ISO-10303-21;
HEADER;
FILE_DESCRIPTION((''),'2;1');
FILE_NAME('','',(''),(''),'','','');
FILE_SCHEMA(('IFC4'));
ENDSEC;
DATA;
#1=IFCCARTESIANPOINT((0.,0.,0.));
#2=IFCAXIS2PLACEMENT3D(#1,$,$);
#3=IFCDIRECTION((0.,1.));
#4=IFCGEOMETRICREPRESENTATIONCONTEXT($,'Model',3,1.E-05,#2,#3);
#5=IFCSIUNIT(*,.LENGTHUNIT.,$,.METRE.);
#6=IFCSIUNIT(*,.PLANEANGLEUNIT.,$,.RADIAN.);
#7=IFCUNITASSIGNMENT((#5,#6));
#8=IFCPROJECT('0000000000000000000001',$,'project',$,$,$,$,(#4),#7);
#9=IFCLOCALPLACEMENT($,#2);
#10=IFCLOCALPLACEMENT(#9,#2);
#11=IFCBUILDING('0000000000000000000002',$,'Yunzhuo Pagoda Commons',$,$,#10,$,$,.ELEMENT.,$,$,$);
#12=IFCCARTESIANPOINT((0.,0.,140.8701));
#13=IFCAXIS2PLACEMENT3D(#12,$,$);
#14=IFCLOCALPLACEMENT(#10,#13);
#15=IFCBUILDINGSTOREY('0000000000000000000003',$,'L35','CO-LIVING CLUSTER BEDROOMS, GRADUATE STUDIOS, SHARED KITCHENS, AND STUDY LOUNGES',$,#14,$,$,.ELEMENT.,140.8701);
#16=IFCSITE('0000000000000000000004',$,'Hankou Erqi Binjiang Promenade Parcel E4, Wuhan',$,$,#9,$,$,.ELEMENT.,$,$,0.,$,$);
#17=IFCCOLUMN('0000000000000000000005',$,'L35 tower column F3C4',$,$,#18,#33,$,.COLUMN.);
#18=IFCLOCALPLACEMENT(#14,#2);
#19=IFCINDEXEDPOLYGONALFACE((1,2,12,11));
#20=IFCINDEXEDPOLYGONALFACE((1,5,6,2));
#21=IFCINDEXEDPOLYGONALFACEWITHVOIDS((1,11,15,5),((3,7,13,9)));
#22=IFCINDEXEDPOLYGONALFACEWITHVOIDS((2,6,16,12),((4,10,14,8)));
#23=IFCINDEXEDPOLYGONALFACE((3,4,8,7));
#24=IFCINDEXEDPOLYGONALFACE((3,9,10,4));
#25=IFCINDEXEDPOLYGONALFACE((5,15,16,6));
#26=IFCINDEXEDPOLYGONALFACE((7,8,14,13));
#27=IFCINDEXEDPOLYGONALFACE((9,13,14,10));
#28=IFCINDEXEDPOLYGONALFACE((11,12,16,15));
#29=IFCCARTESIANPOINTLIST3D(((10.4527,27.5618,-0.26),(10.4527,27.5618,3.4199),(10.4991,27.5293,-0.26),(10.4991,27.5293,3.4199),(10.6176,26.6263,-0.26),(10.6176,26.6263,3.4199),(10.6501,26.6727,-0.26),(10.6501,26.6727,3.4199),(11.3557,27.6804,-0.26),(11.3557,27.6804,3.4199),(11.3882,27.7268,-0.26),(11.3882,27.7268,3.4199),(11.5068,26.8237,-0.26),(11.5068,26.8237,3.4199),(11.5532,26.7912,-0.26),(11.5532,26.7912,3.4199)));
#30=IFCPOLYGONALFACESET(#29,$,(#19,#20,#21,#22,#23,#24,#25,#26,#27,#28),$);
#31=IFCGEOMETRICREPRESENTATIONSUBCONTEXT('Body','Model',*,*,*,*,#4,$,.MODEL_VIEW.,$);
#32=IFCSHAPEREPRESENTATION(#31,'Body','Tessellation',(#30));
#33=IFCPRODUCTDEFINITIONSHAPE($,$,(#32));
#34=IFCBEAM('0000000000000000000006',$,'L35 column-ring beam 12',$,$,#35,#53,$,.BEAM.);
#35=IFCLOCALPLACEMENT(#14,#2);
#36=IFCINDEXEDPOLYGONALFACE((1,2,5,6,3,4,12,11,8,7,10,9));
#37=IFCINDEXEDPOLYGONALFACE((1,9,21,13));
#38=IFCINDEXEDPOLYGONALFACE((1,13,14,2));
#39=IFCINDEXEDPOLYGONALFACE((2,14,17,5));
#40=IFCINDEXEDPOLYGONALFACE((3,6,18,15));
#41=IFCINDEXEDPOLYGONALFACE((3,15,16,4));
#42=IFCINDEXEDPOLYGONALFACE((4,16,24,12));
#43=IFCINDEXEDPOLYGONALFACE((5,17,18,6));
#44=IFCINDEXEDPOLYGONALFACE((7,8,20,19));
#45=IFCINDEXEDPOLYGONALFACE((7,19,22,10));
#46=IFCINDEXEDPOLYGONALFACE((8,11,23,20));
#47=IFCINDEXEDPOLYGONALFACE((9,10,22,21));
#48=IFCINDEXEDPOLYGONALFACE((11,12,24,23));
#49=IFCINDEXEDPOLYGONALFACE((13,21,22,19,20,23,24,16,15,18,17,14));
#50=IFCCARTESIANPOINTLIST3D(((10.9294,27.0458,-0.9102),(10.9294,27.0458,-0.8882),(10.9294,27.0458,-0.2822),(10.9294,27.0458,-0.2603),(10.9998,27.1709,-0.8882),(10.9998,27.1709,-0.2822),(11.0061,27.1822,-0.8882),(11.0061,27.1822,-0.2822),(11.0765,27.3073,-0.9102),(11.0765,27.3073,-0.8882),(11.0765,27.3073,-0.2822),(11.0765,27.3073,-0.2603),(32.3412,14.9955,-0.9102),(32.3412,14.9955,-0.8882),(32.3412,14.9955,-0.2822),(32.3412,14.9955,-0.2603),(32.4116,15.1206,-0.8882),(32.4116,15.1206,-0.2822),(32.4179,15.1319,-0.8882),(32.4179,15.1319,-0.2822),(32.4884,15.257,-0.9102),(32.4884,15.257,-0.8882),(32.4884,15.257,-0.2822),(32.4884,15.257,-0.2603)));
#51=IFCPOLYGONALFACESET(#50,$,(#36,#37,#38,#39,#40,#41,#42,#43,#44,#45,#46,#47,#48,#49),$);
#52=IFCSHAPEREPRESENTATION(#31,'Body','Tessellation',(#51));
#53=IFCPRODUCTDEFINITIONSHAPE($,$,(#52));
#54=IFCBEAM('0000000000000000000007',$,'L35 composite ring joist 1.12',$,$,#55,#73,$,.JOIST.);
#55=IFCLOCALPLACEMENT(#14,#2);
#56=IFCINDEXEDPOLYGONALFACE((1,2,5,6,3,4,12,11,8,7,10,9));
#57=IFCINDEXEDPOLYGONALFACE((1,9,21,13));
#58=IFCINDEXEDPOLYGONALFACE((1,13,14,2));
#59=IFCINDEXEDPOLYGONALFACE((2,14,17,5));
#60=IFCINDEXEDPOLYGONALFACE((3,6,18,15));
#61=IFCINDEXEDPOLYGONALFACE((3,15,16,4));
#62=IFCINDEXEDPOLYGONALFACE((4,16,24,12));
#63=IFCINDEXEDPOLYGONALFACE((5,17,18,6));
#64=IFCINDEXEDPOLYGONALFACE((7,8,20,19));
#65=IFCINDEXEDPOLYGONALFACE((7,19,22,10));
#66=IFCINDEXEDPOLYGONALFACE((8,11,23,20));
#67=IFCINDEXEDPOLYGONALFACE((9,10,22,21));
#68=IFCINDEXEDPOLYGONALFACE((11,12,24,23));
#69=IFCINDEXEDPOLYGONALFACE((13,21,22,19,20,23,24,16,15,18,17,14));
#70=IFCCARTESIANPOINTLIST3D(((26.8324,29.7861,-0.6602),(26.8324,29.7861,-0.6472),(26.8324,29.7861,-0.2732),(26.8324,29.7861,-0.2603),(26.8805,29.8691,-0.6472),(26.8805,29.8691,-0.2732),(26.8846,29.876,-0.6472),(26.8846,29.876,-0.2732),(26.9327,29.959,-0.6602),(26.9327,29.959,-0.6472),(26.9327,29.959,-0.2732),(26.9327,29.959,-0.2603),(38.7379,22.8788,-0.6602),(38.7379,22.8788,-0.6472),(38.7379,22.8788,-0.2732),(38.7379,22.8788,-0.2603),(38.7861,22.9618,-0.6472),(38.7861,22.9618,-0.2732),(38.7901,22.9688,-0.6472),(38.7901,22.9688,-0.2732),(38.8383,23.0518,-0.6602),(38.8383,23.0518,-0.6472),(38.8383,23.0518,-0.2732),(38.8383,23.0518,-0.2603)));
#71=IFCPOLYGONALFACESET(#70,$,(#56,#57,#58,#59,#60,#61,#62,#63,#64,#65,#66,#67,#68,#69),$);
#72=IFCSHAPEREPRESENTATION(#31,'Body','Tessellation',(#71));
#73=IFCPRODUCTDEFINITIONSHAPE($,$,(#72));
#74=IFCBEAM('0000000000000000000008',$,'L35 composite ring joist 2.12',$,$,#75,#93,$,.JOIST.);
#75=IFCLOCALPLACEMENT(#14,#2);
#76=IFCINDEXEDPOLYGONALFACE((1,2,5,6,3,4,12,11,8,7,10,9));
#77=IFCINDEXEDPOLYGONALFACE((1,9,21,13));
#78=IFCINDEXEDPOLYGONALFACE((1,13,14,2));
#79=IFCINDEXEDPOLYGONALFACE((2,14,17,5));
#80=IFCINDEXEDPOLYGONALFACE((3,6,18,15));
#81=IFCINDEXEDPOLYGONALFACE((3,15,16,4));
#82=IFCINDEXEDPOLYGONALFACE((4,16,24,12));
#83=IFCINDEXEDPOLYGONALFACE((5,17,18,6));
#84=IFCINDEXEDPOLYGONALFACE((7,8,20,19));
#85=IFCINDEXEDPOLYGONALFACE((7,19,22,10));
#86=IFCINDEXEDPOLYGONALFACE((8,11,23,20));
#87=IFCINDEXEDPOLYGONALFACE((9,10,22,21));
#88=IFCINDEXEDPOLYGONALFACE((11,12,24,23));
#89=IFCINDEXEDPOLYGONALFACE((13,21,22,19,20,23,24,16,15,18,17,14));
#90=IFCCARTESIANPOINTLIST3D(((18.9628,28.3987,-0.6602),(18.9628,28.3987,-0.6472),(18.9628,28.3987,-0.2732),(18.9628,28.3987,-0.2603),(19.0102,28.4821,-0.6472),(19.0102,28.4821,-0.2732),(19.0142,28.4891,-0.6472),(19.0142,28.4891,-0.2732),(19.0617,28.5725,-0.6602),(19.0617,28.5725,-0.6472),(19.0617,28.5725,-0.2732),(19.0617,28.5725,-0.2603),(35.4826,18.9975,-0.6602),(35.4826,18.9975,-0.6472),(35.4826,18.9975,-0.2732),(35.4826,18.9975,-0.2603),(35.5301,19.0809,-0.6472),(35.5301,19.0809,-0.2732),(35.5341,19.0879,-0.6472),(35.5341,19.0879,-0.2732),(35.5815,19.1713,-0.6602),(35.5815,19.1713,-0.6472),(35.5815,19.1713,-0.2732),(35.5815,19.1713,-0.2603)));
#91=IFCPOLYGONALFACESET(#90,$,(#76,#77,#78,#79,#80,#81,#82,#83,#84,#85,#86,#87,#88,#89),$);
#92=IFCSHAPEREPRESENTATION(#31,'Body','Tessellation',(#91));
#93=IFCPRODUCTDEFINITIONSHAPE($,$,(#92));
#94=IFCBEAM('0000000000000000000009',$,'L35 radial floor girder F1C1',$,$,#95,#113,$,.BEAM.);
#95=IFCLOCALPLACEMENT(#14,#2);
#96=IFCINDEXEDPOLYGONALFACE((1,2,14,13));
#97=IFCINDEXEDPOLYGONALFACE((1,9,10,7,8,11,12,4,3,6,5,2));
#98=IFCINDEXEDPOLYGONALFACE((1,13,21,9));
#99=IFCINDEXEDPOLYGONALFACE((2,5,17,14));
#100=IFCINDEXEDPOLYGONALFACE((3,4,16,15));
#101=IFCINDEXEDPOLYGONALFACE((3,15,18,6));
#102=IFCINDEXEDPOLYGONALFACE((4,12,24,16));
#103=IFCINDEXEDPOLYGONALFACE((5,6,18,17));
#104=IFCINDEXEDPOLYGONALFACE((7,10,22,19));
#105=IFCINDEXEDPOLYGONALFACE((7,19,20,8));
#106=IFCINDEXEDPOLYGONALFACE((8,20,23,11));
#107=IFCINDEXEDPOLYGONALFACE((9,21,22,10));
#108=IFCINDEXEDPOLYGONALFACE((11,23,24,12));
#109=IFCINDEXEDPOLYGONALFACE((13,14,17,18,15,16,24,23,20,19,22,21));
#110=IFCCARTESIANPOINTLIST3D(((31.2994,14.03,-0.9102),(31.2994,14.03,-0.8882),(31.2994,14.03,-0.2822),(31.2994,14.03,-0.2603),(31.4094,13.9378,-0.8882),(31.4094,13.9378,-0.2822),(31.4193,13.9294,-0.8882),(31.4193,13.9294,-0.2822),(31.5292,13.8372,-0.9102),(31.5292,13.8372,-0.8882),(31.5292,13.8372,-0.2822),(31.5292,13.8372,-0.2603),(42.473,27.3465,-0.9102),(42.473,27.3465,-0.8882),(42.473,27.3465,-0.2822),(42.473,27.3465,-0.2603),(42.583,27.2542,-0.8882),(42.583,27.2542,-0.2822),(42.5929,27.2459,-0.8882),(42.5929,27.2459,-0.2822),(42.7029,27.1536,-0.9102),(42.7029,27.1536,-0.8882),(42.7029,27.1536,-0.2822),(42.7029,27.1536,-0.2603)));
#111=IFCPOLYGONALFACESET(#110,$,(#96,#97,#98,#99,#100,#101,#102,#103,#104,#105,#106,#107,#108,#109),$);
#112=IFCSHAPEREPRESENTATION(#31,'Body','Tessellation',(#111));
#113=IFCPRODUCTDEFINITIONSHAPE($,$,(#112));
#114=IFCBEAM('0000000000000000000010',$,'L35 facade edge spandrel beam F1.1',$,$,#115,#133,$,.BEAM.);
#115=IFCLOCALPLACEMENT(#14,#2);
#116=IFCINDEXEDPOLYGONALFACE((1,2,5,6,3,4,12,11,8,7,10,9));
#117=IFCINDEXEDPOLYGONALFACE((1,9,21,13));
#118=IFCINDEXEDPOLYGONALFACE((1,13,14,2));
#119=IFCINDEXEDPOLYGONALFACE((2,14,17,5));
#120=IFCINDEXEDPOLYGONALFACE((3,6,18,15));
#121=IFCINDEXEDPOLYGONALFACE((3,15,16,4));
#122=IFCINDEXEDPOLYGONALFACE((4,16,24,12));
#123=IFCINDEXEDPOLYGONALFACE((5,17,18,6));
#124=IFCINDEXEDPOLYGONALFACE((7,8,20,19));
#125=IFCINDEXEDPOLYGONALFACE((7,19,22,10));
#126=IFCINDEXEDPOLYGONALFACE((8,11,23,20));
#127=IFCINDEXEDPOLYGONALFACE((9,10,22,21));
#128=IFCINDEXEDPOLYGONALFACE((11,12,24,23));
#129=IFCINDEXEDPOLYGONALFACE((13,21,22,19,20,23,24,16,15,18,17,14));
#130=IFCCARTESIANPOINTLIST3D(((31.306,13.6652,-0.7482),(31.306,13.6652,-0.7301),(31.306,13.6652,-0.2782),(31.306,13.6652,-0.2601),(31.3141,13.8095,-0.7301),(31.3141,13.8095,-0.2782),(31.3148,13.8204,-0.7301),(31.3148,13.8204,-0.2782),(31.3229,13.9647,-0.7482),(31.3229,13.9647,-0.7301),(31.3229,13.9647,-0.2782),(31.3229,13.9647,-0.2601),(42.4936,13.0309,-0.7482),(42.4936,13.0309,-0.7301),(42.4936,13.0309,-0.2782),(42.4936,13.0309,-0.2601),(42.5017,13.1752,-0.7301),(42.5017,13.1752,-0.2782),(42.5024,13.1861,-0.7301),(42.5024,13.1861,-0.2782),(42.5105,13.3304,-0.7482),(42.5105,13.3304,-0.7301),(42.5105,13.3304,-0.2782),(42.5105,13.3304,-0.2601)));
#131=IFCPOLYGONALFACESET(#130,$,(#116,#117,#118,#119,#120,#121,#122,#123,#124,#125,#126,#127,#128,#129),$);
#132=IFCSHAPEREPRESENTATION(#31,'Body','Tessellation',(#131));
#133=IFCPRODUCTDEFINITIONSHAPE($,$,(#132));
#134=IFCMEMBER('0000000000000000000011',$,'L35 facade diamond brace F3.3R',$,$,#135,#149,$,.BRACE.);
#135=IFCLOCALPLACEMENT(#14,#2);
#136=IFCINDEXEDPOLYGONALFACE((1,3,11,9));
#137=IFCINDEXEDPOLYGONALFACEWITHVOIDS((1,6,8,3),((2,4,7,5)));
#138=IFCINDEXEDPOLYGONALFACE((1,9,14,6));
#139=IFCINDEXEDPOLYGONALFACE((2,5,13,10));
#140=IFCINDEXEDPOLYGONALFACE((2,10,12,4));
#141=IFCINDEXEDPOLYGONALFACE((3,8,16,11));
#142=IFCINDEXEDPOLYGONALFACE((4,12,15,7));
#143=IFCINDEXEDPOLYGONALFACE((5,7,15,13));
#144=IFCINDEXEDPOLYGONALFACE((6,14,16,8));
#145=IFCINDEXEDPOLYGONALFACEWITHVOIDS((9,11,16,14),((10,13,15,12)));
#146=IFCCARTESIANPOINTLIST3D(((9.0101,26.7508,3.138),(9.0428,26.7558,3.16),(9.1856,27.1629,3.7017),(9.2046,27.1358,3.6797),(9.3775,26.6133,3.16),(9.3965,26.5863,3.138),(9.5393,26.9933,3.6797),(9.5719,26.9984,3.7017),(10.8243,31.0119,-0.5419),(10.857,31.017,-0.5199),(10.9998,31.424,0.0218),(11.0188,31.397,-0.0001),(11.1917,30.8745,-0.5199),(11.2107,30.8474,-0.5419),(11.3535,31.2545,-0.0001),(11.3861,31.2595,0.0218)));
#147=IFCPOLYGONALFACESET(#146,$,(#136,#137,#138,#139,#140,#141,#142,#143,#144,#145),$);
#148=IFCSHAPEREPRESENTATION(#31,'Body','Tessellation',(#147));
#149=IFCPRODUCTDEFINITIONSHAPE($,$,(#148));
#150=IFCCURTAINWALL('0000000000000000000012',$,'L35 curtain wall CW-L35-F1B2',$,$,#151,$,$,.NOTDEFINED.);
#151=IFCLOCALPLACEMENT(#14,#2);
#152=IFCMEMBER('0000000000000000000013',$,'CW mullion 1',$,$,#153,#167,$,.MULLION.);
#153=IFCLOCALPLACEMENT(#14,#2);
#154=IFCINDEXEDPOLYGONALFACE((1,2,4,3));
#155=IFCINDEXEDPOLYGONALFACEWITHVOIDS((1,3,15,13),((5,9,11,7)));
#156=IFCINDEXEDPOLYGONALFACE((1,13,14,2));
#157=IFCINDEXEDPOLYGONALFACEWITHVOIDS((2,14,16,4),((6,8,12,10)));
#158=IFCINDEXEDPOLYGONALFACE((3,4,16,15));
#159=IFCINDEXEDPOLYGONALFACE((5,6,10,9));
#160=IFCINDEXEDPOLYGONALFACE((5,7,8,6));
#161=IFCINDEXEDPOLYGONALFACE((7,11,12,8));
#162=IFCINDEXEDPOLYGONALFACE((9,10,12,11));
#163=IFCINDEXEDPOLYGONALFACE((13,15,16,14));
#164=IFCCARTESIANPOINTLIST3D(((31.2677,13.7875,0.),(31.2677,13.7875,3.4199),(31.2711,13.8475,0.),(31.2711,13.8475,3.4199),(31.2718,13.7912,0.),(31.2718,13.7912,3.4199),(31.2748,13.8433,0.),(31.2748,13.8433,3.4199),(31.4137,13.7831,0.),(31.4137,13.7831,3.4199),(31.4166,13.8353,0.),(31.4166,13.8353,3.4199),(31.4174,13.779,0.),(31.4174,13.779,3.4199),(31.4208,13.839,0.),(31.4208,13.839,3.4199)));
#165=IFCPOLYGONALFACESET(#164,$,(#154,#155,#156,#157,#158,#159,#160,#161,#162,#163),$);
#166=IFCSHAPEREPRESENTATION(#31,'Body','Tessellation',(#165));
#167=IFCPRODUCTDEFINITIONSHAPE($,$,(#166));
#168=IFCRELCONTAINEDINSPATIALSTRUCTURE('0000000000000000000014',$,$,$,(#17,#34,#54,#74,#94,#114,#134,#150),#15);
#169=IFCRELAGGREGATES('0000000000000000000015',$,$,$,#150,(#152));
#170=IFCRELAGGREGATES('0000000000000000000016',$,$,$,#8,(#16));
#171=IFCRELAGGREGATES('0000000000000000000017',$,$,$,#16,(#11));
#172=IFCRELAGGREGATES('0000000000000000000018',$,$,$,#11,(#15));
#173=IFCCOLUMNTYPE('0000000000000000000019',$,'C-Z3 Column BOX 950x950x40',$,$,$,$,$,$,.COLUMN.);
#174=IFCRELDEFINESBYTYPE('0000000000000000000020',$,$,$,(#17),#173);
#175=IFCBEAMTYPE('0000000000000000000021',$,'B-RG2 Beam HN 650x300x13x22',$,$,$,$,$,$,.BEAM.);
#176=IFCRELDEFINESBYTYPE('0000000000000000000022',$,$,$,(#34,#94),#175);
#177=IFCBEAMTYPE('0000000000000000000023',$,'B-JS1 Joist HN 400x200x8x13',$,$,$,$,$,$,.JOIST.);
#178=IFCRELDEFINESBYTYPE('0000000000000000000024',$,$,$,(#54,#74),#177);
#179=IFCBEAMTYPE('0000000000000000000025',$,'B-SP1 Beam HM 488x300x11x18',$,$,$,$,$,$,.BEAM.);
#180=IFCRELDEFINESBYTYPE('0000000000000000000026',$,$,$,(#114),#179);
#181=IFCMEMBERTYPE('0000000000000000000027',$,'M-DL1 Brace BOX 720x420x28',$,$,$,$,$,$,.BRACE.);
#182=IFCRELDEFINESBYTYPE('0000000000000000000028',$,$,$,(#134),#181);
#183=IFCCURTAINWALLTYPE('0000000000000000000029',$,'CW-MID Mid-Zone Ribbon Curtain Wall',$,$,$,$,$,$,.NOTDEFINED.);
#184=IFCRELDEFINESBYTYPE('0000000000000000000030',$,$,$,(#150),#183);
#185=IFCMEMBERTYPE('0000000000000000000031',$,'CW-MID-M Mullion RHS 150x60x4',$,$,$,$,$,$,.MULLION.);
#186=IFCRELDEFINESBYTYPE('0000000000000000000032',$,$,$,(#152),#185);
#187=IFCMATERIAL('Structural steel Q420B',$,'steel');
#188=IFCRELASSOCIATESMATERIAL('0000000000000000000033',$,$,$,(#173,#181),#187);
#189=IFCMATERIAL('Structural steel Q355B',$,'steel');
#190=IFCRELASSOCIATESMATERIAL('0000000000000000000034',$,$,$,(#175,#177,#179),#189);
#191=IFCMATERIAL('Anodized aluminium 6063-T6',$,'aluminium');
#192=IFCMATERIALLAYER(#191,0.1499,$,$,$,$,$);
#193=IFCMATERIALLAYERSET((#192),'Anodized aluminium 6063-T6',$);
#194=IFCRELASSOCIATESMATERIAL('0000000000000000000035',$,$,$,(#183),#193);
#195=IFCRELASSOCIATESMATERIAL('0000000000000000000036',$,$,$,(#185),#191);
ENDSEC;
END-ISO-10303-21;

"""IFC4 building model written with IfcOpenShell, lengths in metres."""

from ifc_helpers import new_model, si_unit, direction, frame, origin, origin_2d, place, context, subcontext, project, spatial, hollow_rectangle, i_section, extrude, source, transform, mapped, material, layer, layer_set, material_profile, profile_set, type_object, element, aggregate, save


model = new_model("IFC4")

# Units and contexts
model_context = context("Model", 3, precision=1e-05, world=origin(), true_north=direction((0.0, 1.0)))
body_context = subcontext(model_context, "Body", "Model", "MODEL_VIEW")
ifc_project = project(units=[si_unit("LENGTHUNIT", "METRE"), si_unit("PLANEANGLEUNIT", "RADIAN")], contexts=[model_context])

# Site, building, storey
site_placement = place(None, origin())
site = spatial("IfcSite", under=ifc_project, at=site_placement, Name="Hankou Erqi Binjiang Promenade Parcel E4, Wuhan", CompositionType="ELEMENT", RefElevation=0.0)
building_placement = place(site_placement, origin())
building = spatial("IfcBuilding", under=site, at=building_placement, Name="Yunzhuo Pagoda Commons", CompositionType="ELEMENT")
storey_placement = place(building_placement, frame((0.0, 0.0, 140.8701)))
storey = spatial("IfcBuildingStorey", under=building, at=storey_placement, Name="L35", Description="CO-LIVING CLUSTER BEDROOMS, GRADUATE STUDIOS, SHARED KITCHENS, AND STUDY LOUNGES", CompositionType="ELEMENT", Elevation=140.8701)

# Column
ifc_material_1 = material(Name="Structural steel Q420B", Category="steel")
ifc_material_profile_1 = material_profile(ifc_material_1, hollow_rectangle(XDim=0.95, YDim=0.95, WallThickness=0.04, at=origin_2d()), Name="Structural steel Q420B")
ifc_profile_set_1 = profile_set([ifc_material_profile_1], Name="Structural steel Q420B")
column_type = type_object("IfcColumnType", Name="C-Z3 Column BOX 950x950x40", PredefinedType="COLUMN", material=ifc_profile_set_1)
shared_shape_1 = source(origin(), body_context, "Body", "SweptSolid", [
    extrude(hollow_rectangle(XDim=0.95, YDim=0.95, WallThickness=0.04, at=origin_2d()), origin(), (0.0, 0.0, 1.0), 3.6799),
])
column_placement = place(storey_placement, frame((11.0029, 27.1765, -0.26), z_axis=(0.0, 0.0, 1.0), x_axis=(0.173648, -0.984808, 0.0)))
element("IfcColumn", 1, at=column_placement, inside=storey, type_object=column_type, Name="L35 tower column F3C4", PredefinedType="COLUMN", context=body_context, shape_type="MappedRepresentation", body=[
    mapped(shared_shape_1, transform((0.0, 0.0, 0.0), scale=1.0)),
])

# Beams
ifc_material_2 = material(Name="Structural steel Q355B", Category="steel")
ifc_material_profile_2 = material_profile(ifc_material_2, i_section(OverallWidth=0.3, OverallDepth=0.6499, WebThickness=0.0129, FlangeThickness=0.022, at=origin_2d()), Name="Structural steel Q355B")
ifc_profile_set_2 = profile_set([ifc_material_profile_2], Name="Structural steel Q355B")
beam_type_1 = type_object("IfcBeamType", Name="B-RG2 Beam HN 650x300x13x22", PredefinedType="BEAM", material=ifc_profile_set_2)
shared_shape_2 = source(origin(), body_context, "Body", "SweptSolid", [
    extrude(i_section(OverallWidth=0.3, OverallDepth=0.6499, WebThickness=0.0129, FlangeThickness=0.022, at=origin_2d()), origin(), (0.0, 0.0, 1.0), 24.5698),
])
beam_1_placement = place(storey_placement, frame((11.0029, 27.1765, -0.5852), z_axis=(0.871469, -0.49045, 0.0), x_axis=(0.49045, 0.871469, 0.0)))
element("IfcBeam", 2, at=beam_1_placement, inside=storey, type_object=beam_type_1, Name="L35 column-ring beam 12", PredefinedType="BEAM", context=body_context, shape_type="MappedRepresentation", body=[
    mapped(shared_shape_2, transform((0.0, 0.0, 0.0), scale=1.0)),
])
ifc_material_profile_3 = material_profile(ifc_material_2, i_section(OverallWidth=0.2, OverallDepth=0.3999, WebThickness=0.0081, FlangeThickness=0.0129, at=origin_2d()), Name="Structural steel Q355B")
ifc_profile_set_3 = profile_set([ifc_material_profile_3], Name="Structural steel Q355B")
beam_type_2 = type_object("IfcBeamType", Name="B-JS1 Joist HN 400x200x8x13", PredefinedType="JOIST", material=ifc_profile_set_3)
shared_shape_3 = source(origin(), body_context, "Body", "SweptSolid", [
    extrude(i_section(OverallWidth=0.2, OverallDepth=0.3999, WebThickness=0.0081, FlangeThickness=0.0129, at=origin_2d()), origin(), (0.0, 0.0, 1.0), 13.7642),
])
beam_2_placement = place(storey_placement, frame((26.8826, 29.8726, -0.4602), z_axis=(0.864967, -0.501828, 0.0), x_axis=(0.501828, 0.864967, 0.0)))
element("IfcBeam", 3, at=beam_2_placement, inside=storey, type_object=beam_type_2, Name="L35 composite ring joist 1.12", PredefinedType="JOIST", context=body_context, shape_type="MappedRepresentation", body=[
    mapped(shared_shape_3, transform((0.0, 0.0, 0.0), scale=1.0)),
])
shared_shape_4 = source(origin(), body_context, "Body", "SweptSolid", [
    extrude(i_section(OverallWidth=0.2, OverallDepth=0.3999, WebThickness=0.0081, FlangeThickness=0.0129, at=origin_2d()), origin(), (0.0, 0.0, 1.0), 19.0076),
])
beam_3_placement = place(storey_placement, frame((19.0122, 28.4856, -0.4602), z_axis=(0.86912, -0.494601, 0.0), x_axis=(0.494601, 0.86912, 0.0)))
element("IfcBeam", 4, at=beam_3_placement, inside=storey, type_object=beam_type_2, Name="L35 composite ring joist 2.12", PredefinedType="JOIST", context=body_context, shape_type="MappedRepresentation", body=[
    mapped(shared_shape_4, transform((0.0, 0.0, 0.0), scale=1.0)),
])
shared_shape_5 = source(origin(), body_context, "Body", "SweptSolid", [
    extrude(i_section(OverallWidth=0.3, OverallDepth=0.6499, WebThickness=0.0129, FlangeThickness=0.022, at=origin_2d()), origin(), (0.0, 0.0, 1.0), 17.3833),
])
beam_4_placement = place(storey_placement, frame((31.4143, 13.9336, -0.5852), z_axis=(0.642781, 0.76605, 0.0), x_axis=(-0.76605, 0.642781, 0.0)))
element("IfcBeam", 5, at=beam_4_placement, inside=storey, type_object=beam_type_1, Name="L35 radial floor girder F1C1", PredefinedType="BEAM", context=body_context, shape_type="MappedRepresentation", body=[
    mapped(shared_shape_5, transform((0.0, 0.0, 0.0), scale=1.0)),
])
ifc_material_profile_4 = material_profile(ifc_material_2, i_section(OverallWidth=0.3, OverallDepth=0.488, WebThickness=0.011, FlangeThickness=0.0181, at=origin_2d()), Name="Structural steel Q355B")
ifc_profile_set_4 = profile_set([ifc_material_profile_4], Name="Structural steel Q355B")
beam_type_3 = type_object("IfcBeamType", Name="B-SP1 Beam HM 488x300x11x18", PredefinedType="BEAM", material=ifc_profile_set_4)
shared_shape_6 = source(origin(), body_context, "Body", "SweptSolid", [
    extrude(i_section(OverallWidth=0.3, OverallDepth=0.488, WebThickness=0.011, FlangeThickness=0.0181, at=origin_2d()), origin(), (0.0, 0.0, 1.0), 11.2056),
])
beam_5_placement = place(storey_placement, frame((31.3145, 13.8149, -0.5042), z_axis=(0.998397, -0.056604, 0.0), x_axis=(0.056604, 0.998397, 0.0)))
element("IfcBeam", 6, at=beam_5_placement, inside=storey, type_object=beam_type_3, Name="L35 facade edge spandrel beam F1.1", PredefinedType="BEAM", context=body_context, shape_type="MappedRepresentation", body=[
    mapped(shared_shape_6, transform((0.0, 0.0, 0.0), scale=1.0)),
])

# Member
ifc_material_profile_5 = material_profile(ifc_material_1, hollow_rectangle(XDim=0.4199, YDim=0.72, WallThickness=0.0281, at=origin_2d()), Name="Structural steel Q420B")
ifc_profile_set_5 = profile_set([ifc_material_profile_5], Name="Structural steel Q420B")
member_type_1 = type_object("IfcMemberType", Name="M-DL1 Brace BOX 720x420x28", PredefinedType="BRACE", material=ifc_profile_set_5)
shared_shape_7 = source(origin(), body_context, "Body", "SweptSolid", [
    extrude(hollow_rectangle(XDim=0.4199, YDim=0.72, WallThickness=0.0281, at=origin_2d()), origin(), (0.0, 0.0, 1.0), 5.9153),
])
member_1_placement = place(storey_placement, frame((11.1052, 31.1357, -0.26), z_axis=(-0.306695, -0.720369, 0.622099), x_axis=(0.920083, -0.391723, 0.0)))
element("IfcMember", 7, at=member_1_placement, inside=storey, type_object=member_type_1, Name="L35 facade diamond brace F3.3R", PredefinedType="BRACE", context=body_context, shape_type="MappedRepresentation", body=[
    mapped(shared_shape_7, transform((0.0, 0.0, 0.0), scale=1.0)),
])

# Curtain wall, member
ifc_material_3 = material(Name="Anodized aluminium 6063-T6", Category="aluminium")
ifc_layer_1 = layer(ifc_material_3, 0.1499)
ifc_layer_set_1 = layer_set([ifc_layer_1], Name="Anodized aluminium 6063-T6")
curtain_wall_type = type_object("IfcCurtainWallType", Name="CW-MID Mid-Zone Ribbon Curtain Wall", PredefinedType="NOTDEFINED", material=ifc_layer_set_1)
curtain_wall_1_placement = place(storey_placement, origin())
curtain_wall_1 = element("IfcCurtainWall", 8, at=curtain_wall_1_placement, inside=storey, type_object=curtain_wall_type, Name="L35 curtain wall CW-L35-F1B2", PredefinedType="NOTDEFINED")
ifc_material_profile_6 = material_profile(ifc_material_3, hollow_rectangle(XDim=0.0601, YDim=0.1499, WallThickness=0.0039, at=origin_2d()), Name="Anodized aluminium 6063-T6")
ifc_profile_set_6 = profile_set([ifc_material_profile_6], Name="Anodized aluminium 6063-T6")
member_type_2 = type_object("IfcMemberType", Name="CW-MID-M Mullion RHS 150x60x4", PredefinedType="MULLION", material=ifc_profile_set_6)
shared_shape_8 = source(origin(), body_context, "Body", "SweptSolid", [
    extrude(hollow_rectangle(XDim=0.0601, YDim=0.1499, WallThickness=0.0039, at=origin_2d()), origin(), (0.0, 0.0, 1.0), 3.4199),
])
member_2_placement = place(storey_placement, frame((31.3442, 13.8132, 0.0), z_axis=(0.0, 0.0, 1.0), x_axis=(0.056597, 0.998397, 0.0)))
member_2 = element("IfcMember", 9, at=member_2_placement, type_object=member_type_2, Name="CW mullion 1", PredefinedType="MULLION", context=body_context, shape_type="MappedRepresentation", body=[
    mapped(shared_shape_8, transform((0.0, 0.0, 0.0), scale=1.0)),
])

aggregate(curtain_wall_1, [member_2])

save(model, "model.ifc")
